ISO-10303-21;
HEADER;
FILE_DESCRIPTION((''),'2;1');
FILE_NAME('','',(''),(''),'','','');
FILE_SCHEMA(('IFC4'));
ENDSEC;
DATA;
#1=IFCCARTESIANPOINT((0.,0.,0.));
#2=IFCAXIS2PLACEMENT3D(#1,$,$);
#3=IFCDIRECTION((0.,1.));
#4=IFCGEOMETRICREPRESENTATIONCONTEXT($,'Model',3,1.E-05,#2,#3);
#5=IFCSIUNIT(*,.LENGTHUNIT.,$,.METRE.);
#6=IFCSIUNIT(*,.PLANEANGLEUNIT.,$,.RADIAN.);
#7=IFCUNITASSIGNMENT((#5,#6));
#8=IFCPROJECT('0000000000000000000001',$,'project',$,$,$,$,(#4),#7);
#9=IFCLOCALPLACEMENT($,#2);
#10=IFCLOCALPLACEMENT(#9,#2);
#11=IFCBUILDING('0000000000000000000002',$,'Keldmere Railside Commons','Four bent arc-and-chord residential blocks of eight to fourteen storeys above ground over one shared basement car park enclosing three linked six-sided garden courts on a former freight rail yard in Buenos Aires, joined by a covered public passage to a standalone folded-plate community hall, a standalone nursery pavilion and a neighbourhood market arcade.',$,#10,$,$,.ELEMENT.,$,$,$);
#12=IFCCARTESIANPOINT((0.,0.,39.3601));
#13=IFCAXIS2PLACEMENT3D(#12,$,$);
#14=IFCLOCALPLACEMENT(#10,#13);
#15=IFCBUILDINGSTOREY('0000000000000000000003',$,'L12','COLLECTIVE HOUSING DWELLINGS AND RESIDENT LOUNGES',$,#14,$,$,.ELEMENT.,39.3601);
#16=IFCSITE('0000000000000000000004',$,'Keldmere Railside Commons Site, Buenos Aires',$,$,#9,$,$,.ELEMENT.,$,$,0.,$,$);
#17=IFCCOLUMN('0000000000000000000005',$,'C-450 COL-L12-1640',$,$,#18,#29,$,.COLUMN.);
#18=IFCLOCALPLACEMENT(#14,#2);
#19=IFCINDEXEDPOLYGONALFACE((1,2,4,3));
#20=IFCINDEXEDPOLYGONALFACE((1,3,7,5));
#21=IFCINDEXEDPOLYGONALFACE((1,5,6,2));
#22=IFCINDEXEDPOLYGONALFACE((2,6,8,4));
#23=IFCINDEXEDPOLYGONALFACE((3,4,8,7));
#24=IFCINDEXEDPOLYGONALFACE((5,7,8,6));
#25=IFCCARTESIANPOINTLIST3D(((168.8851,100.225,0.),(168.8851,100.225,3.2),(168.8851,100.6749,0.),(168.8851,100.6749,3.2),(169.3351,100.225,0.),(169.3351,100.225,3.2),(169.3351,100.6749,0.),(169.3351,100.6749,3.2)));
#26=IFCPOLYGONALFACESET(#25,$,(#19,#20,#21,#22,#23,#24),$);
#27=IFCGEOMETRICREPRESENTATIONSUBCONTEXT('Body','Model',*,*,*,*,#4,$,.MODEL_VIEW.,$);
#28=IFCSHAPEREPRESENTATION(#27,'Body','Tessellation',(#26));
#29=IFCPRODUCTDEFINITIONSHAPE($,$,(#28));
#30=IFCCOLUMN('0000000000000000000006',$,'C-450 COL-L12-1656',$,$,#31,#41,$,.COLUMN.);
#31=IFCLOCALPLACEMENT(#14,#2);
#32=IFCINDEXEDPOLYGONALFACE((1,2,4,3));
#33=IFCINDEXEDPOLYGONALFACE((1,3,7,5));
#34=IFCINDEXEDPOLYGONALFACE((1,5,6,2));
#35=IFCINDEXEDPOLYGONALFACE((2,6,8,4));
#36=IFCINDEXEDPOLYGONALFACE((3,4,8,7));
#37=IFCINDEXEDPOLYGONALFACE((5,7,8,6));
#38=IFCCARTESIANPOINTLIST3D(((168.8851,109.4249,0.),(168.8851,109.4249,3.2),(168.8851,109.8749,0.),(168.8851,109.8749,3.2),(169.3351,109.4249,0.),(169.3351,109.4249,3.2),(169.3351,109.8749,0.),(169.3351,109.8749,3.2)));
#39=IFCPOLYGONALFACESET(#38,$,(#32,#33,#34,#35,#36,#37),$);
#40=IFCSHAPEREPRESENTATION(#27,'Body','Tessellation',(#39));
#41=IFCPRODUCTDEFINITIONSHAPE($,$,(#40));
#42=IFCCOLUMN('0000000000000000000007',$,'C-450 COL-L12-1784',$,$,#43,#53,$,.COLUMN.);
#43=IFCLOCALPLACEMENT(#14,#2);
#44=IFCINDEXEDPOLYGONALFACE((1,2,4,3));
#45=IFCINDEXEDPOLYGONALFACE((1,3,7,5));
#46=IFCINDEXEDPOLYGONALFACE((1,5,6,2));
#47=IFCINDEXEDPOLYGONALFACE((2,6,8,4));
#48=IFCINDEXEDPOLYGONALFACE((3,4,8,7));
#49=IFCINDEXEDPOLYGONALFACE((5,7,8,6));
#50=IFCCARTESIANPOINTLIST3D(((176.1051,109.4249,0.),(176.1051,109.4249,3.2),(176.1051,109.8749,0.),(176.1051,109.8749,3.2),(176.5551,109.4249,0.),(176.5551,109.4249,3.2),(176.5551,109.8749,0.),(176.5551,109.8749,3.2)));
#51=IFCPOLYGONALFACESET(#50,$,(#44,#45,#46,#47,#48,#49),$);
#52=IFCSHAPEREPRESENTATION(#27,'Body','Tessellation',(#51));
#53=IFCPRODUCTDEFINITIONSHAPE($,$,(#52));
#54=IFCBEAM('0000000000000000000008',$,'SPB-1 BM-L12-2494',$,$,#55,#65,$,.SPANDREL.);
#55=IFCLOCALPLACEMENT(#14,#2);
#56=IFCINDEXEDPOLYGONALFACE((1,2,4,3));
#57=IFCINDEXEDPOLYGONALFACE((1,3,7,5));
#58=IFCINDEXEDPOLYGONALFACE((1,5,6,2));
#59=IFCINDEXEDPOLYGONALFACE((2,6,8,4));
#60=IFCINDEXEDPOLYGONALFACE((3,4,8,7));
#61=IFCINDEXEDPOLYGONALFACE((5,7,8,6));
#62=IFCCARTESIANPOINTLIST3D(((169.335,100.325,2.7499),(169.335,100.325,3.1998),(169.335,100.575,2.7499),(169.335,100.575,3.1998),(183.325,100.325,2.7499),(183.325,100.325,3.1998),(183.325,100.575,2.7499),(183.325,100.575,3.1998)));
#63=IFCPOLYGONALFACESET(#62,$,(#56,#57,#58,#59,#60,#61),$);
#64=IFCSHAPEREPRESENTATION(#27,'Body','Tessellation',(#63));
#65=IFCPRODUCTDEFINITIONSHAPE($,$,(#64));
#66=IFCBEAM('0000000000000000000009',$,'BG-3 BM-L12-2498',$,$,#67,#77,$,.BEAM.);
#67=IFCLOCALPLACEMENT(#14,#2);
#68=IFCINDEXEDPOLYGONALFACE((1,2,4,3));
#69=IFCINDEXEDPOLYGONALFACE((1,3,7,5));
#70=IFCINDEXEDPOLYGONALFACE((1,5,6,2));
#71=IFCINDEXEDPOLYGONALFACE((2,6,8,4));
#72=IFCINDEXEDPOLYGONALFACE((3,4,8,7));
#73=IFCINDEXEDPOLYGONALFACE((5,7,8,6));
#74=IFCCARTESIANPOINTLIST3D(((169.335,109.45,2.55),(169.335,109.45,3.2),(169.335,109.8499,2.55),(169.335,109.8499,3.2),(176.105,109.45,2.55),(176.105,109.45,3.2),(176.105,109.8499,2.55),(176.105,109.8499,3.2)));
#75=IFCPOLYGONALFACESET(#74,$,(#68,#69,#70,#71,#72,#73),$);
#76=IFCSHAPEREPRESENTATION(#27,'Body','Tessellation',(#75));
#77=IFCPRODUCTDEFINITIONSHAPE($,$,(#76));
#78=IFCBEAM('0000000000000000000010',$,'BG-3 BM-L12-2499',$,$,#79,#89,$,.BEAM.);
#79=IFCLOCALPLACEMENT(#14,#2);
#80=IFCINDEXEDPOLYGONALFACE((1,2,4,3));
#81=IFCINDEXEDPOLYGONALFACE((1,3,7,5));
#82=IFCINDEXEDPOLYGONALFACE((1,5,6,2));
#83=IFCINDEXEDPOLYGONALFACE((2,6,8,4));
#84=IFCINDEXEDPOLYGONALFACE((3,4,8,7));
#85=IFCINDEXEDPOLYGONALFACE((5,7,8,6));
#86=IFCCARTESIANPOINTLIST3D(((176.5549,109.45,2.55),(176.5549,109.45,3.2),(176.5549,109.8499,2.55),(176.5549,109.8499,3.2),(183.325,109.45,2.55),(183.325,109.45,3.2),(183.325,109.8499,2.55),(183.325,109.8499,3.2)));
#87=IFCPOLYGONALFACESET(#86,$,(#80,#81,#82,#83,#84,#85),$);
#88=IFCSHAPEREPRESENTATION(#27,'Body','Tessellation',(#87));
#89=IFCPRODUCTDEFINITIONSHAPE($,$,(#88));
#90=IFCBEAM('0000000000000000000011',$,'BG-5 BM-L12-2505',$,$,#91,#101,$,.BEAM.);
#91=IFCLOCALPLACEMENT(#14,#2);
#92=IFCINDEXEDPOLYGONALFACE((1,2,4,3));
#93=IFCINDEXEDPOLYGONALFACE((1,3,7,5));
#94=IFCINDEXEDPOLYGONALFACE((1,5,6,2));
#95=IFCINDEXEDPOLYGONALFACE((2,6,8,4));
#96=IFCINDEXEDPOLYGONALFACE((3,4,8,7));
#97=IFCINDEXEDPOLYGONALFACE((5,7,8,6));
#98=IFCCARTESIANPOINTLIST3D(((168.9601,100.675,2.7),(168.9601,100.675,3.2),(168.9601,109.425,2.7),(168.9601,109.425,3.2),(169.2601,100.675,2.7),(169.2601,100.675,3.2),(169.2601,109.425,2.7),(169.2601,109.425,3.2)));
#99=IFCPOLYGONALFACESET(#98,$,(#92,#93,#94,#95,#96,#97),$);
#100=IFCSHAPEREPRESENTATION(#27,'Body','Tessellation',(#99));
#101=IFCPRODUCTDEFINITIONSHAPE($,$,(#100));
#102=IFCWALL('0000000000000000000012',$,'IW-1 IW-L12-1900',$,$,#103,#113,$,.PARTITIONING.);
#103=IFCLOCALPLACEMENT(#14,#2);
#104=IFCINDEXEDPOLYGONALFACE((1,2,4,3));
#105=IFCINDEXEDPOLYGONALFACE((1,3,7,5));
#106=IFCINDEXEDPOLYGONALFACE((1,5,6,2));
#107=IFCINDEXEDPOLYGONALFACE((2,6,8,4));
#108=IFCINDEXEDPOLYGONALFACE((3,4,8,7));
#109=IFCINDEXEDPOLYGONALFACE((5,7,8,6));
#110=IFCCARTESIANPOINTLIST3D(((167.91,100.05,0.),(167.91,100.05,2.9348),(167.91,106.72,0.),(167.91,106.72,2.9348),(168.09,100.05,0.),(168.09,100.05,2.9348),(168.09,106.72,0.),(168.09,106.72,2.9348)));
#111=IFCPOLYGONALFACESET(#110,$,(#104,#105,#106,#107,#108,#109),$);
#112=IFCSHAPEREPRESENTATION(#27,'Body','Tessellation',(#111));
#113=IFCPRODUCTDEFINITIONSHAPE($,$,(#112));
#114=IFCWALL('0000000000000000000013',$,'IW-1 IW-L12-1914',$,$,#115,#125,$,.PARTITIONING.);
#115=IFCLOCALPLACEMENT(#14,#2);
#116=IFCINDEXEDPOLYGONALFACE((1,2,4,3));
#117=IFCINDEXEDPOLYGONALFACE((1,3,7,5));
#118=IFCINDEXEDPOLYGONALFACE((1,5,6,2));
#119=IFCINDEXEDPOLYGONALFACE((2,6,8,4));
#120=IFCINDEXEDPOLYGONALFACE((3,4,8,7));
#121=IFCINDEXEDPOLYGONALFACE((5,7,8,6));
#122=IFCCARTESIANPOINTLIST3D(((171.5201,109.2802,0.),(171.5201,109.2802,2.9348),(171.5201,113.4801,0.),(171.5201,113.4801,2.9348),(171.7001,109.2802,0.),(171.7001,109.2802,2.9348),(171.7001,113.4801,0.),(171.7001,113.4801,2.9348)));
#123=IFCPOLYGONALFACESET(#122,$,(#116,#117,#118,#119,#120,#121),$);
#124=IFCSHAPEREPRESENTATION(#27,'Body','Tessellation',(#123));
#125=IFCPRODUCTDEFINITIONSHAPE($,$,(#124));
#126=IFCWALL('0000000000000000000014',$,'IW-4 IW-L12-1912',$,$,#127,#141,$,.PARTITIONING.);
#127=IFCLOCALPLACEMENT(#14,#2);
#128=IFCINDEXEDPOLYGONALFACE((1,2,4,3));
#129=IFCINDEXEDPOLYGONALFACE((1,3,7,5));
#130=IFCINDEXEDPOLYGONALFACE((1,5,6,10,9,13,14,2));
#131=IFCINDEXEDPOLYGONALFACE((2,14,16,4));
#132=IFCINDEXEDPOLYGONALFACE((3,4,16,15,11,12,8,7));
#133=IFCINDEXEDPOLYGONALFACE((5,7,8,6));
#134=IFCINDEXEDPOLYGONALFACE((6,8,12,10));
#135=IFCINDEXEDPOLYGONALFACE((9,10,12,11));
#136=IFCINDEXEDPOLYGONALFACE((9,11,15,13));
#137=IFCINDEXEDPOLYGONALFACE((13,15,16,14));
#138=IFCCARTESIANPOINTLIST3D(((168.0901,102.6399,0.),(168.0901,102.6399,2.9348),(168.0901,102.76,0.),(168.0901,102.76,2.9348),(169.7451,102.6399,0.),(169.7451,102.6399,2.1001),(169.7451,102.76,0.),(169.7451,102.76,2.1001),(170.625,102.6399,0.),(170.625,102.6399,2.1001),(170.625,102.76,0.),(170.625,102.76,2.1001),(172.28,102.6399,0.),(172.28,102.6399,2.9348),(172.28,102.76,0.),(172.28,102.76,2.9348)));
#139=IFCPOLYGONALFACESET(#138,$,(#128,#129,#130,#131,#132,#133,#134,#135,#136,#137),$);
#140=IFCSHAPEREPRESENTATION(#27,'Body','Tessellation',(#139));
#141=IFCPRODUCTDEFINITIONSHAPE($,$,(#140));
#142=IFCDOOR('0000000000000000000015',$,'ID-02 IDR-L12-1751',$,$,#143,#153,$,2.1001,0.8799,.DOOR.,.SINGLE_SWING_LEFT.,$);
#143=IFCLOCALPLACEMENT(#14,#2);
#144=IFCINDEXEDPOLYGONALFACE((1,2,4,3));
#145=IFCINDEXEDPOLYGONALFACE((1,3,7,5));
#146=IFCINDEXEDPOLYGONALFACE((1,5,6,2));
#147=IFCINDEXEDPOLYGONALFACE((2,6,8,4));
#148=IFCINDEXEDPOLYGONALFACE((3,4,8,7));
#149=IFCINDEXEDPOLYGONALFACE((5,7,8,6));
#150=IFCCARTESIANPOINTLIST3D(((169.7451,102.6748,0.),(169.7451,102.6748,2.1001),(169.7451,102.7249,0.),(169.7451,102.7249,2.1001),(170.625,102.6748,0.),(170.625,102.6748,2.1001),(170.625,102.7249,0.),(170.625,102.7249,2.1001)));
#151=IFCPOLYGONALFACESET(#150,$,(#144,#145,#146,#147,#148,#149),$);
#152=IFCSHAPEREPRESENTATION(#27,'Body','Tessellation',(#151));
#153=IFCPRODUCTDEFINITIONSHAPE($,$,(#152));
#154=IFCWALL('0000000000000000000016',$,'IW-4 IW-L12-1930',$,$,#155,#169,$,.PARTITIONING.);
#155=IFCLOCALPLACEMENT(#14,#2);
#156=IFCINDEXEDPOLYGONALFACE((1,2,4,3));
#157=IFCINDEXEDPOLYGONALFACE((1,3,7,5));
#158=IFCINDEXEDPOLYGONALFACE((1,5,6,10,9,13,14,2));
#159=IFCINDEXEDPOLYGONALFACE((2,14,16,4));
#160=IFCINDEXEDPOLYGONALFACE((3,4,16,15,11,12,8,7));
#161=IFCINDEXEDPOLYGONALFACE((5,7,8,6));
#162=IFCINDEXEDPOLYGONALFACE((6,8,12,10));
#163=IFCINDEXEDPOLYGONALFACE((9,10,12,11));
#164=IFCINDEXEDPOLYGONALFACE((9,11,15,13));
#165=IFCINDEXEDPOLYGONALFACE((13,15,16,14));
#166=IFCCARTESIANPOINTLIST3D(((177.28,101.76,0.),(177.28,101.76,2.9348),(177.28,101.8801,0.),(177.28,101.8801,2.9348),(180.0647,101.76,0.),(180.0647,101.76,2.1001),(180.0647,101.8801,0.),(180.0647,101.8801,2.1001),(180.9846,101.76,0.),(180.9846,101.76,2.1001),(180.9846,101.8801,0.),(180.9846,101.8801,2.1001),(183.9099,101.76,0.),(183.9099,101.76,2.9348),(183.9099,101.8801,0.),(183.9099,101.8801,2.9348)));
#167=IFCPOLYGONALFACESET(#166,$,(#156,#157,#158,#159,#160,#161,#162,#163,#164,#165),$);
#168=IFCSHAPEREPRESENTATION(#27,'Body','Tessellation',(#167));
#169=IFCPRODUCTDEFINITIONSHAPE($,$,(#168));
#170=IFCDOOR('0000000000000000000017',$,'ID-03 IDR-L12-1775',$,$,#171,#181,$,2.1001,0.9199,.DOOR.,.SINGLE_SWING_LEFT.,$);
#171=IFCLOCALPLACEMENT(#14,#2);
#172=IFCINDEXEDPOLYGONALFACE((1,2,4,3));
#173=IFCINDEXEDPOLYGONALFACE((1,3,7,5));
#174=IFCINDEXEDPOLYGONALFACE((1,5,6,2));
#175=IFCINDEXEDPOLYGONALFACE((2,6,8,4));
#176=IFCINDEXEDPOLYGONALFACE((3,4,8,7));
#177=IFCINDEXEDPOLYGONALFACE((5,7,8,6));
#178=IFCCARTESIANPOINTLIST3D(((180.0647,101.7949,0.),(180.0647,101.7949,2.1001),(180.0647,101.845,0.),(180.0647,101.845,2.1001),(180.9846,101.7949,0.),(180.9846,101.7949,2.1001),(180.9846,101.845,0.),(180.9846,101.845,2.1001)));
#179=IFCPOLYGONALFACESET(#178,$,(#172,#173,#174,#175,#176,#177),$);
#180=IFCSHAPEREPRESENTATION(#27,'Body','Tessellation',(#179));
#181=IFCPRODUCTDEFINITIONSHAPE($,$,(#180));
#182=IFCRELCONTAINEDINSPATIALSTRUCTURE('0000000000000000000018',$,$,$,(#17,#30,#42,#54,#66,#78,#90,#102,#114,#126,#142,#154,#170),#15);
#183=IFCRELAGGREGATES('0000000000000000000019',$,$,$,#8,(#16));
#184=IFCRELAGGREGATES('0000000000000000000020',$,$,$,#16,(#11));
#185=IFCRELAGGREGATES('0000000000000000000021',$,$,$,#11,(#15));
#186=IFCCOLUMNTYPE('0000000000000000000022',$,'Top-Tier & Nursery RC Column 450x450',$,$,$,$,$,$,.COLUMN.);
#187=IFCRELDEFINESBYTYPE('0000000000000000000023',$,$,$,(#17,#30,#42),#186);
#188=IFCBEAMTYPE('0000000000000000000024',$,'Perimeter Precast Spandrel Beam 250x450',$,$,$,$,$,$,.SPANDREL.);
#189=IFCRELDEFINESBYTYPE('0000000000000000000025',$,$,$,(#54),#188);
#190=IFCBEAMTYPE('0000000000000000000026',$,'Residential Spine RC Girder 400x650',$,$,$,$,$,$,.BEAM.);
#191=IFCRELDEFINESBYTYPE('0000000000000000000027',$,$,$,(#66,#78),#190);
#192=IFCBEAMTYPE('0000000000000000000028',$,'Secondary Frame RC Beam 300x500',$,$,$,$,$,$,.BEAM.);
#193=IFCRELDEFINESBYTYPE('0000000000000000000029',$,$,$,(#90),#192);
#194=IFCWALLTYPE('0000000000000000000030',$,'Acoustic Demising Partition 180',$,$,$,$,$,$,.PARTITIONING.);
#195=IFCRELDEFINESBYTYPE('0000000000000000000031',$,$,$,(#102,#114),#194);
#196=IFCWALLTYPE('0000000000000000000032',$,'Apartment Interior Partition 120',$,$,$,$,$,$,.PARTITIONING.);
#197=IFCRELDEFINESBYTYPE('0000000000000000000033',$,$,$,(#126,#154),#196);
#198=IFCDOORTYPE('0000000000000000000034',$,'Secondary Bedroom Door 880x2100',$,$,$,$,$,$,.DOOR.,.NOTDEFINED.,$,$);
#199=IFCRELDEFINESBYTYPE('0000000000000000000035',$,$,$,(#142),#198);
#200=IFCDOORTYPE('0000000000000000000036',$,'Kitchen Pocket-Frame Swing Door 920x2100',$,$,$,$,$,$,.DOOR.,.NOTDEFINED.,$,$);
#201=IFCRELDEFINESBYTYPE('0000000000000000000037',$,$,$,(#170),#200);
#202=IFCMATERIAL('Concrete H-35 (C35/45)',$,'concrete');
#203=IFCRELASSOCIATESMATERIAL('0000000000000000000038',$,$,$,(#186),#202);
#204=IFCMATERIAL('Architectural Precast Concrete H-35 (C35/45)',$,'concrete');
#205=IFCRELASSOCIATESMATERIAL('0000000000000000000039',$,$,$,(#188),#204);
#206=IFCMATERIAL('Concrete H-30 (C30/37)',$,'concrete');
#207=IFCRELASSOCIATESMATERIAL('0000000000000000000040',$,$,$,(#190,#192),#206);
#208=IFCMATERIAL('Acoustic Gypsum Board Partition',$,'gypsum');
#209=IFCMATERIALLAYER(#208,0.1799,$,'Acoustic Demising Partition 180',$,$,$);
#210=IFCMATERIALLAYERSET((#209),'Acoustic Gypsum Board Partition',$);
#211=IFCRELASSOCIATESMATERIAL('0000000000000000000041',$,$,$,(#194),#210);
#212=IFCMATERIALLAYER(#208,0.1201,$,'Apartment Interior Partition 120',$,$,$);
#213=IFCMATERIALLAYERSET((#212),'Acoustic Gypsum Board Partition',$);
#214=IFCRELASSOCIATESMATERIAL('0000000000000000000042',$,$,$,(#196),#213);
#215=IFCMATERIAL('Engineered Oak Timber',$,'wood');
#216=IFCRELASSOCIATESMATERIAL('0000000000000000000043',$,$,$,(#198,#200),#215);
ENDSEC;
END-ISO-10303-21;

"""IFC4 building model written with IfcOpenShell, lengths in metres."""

from ifc_helpers import new_model, si_unit, direction, frame, frame_2d, origin, origin_2d, place, context, subcontext, project, spatial, rectangle, extrude, material, layer, layer_set, material_profile, profile_set, type_object, element, fill, save


model = new_model("IFC4")

# Units and contexts
model_context = context("Model", 3, precision=1e-05, world=origin(), true_north=direction((0.0, 1.0)))
body_context = subcontext(model_context, "Body", "Model", "MODEL_VIEW")
ifc_project = project(units=[si_unit("LENGTHUNIT", "METRE"), si_unit("PLANEANGLEUNIT", "RADIAN")], contexts=[model_context])

# Site, building, storey
site_placement = place(None, origin())
site = spatial("IfcSite", under=ifc_project, at=site_placement, Name="Keldmere Railside Commons Site, Buenos Aires", CompositionType="ELEMENT", RefElevation=0.0)
building_placement = place(site_placement, origin())
building = spatial("IfcBuilding", under=site, at=building_placement, Name="Keldmere Railside Commons", Description="Four bent arc-and-chord residential blocks of eight to fourteen storeys above ground over one shared basement car park enclosing three linked six-sided garden courts on a former freight rail yard in Buenos Aires, joined by a covered public passage to a standalone folded-plate community hall, a standalone nursery pavilion and a neighbourhood market arcade.", CompositionType="ELEMENT")
storey_placement = place(building_placement, frame((0.0, 0.0, 39.3601)))
storey = spatial("IfcBuildingStorey", under=building, at=storey_placement, Name="L12", Description="COLLECTIVE HOUSING DWELLINGS AND RESIDENT LOUNGES", CompositionType="ELEMENT", Elevation=39.3601)

# Columns
ifc_material_1 = material(Name="Concrete H-35 (C35/45)", Category="concrete")
ifc_material_profile_1 = material_profile(ifc_material_1, rectangle(XDim=0.45, YDim=0.45, at=origin_2d()), Name="RC-450x450")
ifc_profile_set_1 = profile_set([ifc_material_profile_1], Name="Concrete H-35 (C35/45)")
column_type = type_object("IfcColumnType", Name="Top-Tier & Nursery RC Column 450x450", PredefinedType="COLUMN", material=ifc_profile_set_1)
for number, where, z_axis, x_axis, name in (
    (1, (169.1101, 100.45, 0.0), (0.0, 0.0, 1.0), (1.0, 0.0, 0.0), "C-450 COL-L12-1640"),
    (2, (169.1101, 109.6499, 0.0), (0.0, 0.0, 1.0), (1.0, 0.0, 0.0), "C-450 COL-L12-1656"),
    (3, (176.3301, 109.6499, 0.0), (0.0, 0.0, 1.0), (1.0, 0.0, 0.0), "C-450 COL-L12-1784"),
):
    element("IfcColumn", number, at=place(storey_placement, frame(where, z_axis=z_axis, x_axis=x_axis)), inside=storey, type_object=column_type, Name=name, PredefinedType="COLUMN", context=body_context, shape_type="SweptSolid", body=[
        extrude(rectangle(XDim=0.45, YDim=0.45, at=origin_2d()), origin(), (0.0, 0.0, 1.0), 3.2),
    ])

# Beams
ifc_material_2 = material(Name="Architectural Precast Concrete H-35 (C35/45)", Category="concrete")
ifc_material_profile_2 = material_profile(ifc_material_2, rectangle(XDim=0.25, YDim=0.45, at=origin_2d()), Name="RC-250x450")
ifc_profile_set_2 = profile_set([ifc_material_profile_2], Name="Architectural Precast Concrete H-35 (C35/45)")
beam_type_1 = type_object("IfcBeamType", Name="Perimeter Precast Spandrel Beam 250x450", PredefinedType="SPANDREL", material=ifc_profile_set_2)
beam_1_placement = place(storey_placement, frame((169.335, 100.45, 2.9749), z_axis=(1.0, 0.0, 0.0), x_axis=(0.0, 1.0, 0.0)))
element("IfcBeam", 4, at=beam_1_placement, inside=storey, type_object=beam_type_1, Name="SPB-1 BM-L12-2494", PredefinedType="SPANDREL", context=body_context, shape_type="SweptSolid", body=[
    extrude(rectangle(XDim=0.25, YDim=0.45, at=origin_2d()), origin(), (0.0, 0.0, 1.0), 13.99),
])
ifc_material_3 = material(Name="Concrete H-30 (C30/37)", Category="concrete")
ifc_material_profile_3 = material_profile(ifc_material_3, rectangle(XDim=0.3999, YDim=0.6499, at=origin_2d()), Name="RC-400x650")
ifc_profile_set_3 = profile_set([ifc_material_profile_3], Name="Concrete H-30 (C30/37)")
beam_type_2 = type_object("IfcBeamType", Name="Residential Spine RC Girder 400x650", PredefinedType="BEAM", material=ifc_profile_set_3)
for number, where, z_axis, x_axis, name in (
    (5, (169.335, 109.6499, 2.875), (1.0, 0.0, 0.0), (0.0, 1.0, 0.0), "BG-3 BM-L12-2498"),
    (6, (176.5549, 109.6499, 2.875), (1.0, 0.0, 0.0), (0.0, 1.0, 0.0), "BG-3 BM-L12-2499"),
):
    element("IfcBeam", number, at=place(storey_placement, frame(where, z_axis=z_axis, x_axis=x_axis)), inside=storey, type_object=beam_type_2, Name=name, PredefinedType="BEAM", context=body_context, shape_type="SweptSolid", body=[
        extrude(rectangle(XDim=0.3999, YDim=0.6499, at=origin_2d()), origin(), (0.0, 0.0, 1.0), 6.77),
    ])
ifc_material_profile_4 = material_profile(ifc_material_3, rectangle(XDim=0.3, YDim=0.5, at=origin_2d()), Name="RC-300x500")
ifc_profile_set_4 = profile_set([ifc_material_profile_4], Name="Concrete H-30 (C30/37)")
beam_type_3 = type_object("IfcBeamType", Name="Secondary Frame RC Beam 300x500", PredefinedType="BEAM", material=ifc_profile_set_4)
beam_2_placement = place(storey_placement, frame((169.1101, 100.675, 2.95), z_axis=(0.0, 1.0, 0.0), x_axis=(-1.0, 0.0, 0.0)))
element("IfcBeam", 7, at=beam_2_placement, inside=storey, type_object=beam_type_3, Name="BG-5 BM-L12-2505", PredefinedType="BEAM", context=body_context, shape_type="SweptSolid", body=[
    extrude(rectangle(XDim=0.3, YDim=0.5, at=origin_2d()), origin(), (0.0, 0.0, 1.0), 8.75),
])

# Walls
ifc_material_4 = material(Name="Acoustic Gypsum Board Partition", Category="gypsum")
ifc_layer_1 = layer(ifc_material_4, 0.1799, Name="Acoustic Demising Partition 180")
ifc_layer_set_1 = layer_set([ifc_layer_1], Name="Acoustic Gypsum Board Partition")
wall_type_1 = type_object("IfcWallType", Name="Acoustic Demising Partition 180", PredefinedType="PARTITIONING", material=ifc_layer_set_1)
wall_1_placement = place(storey_placement, frame((168.0, 100.05, 0.0), z_axis=(0.0, 0.0, 1.0), x_axis=(0.0, 1.0, 0.0)))
element("IfcWall", 8, at=wall_1_placement, inside=storey, type_object=wall_type_1, Name="IW-1 IW-L12-1900", PredefinedType="PARTITIONING", context=body_context, shape_type="SweptSolid", body=[
    extrude(rectangle(XDim=6.6699, YDim=0.1799, at=frame_2d((3.335, 0.0))), origin(), (0.0, 0.0, 1.0), 2.9348),
])
wall_2_placement = place(storey_placement, frame((171.6101, 109.28, 0.0), z_axis=(0.0, 0.0, 1.0), x_axis=(0.0, 1.0, 0.0)))
element("IfcWall", 9, at=wall_2_placement, inside=storey, type_object=wall_type_1, Name="IW-1 IW-L12-1914", PredefinedType="PARTITIONING", context=body_context, shape_type="SweptSolid", body=[
    extrude(rectangle(XDim=4.2, YDim=0.1799, at=frame_2d((2.1001, 0.0))), origin(), (0.0, 0.0, 1.0), 2.9348),
])

# Walls, openings, doors
ifc_layer_2 = layer(ifc_material_4, 0.1201, Name="Apartment Interior Partition 120")
ifc_layer_set_2 = layer_set([ifc_layer_2], Name="Acoustic Gypsum Board Partition")
wall_type_2 = type_object("IfcWallType", Name="Apartment Interior Partition 120", PredefinedType="PARTITIONING", material=ifc_layer_set_2)
wall_3_placement = place(storey_placement, frame((168.0901, 102.7, 0.0), z_axis=(0.0, 0.0, 1.0), x_axis=(1.0, 0.0, 0.0)))
wall_3 = element("IfcWall", 10, at=wall_3_placement, inside=storey, type_object=wall_type_2, Name="IW-4 IW-L12-1912", PredefinedType="PARTITIONING", context=body_context, shape_type="SweptSolid", body=[
    extrude(rectangle(XDim=4.1899, YDim=0.1201, at=frame_2d((2.095, 0.0))), origin(), (0.0, 0.0, 1.0), 2.9348),
])
opening_1_placement = place(wall_3_placement, frame((1.655, 0.0, 0.0)))
opening_1 = element("IfcOpeningElement", 11, at=opening_1_placement, cuts=wall_3, PredefinedType="OPENING", context=body_context, shape_type="SweptSolid", body=[
    extrude(rectangle(XDim=0.8799, YDim=2.1001, at=frame_2d((0.4399, 1.05))), frame((0.0, 0.0701, 0.0), z_axis=(0.0, -1.0, 0.0), x_axis=(1.0, 0.0, 0.0)), (0.0, 0.0, 1.0), 0.1401),
])
ifc_material_5 = material(Name="Engineered Oak Timber", Category="wood")
door_type_1 = type_object("IfcDoorType", Name="Secondary Bedroom Door 880x2100", OperationType="NOTDEFINED", PredefinedType="DOOR", material=ifc_material_5)
door_1_placement = place(opening_1_placement, origin())
door_1 = element("IfcDoor", 12, at=door_1_placement, inside=storey, type_object=door_type_1, Name="ID-02 IDR-L12-1751", OperationType="SINGLE_SWING_LEFT", OverallHeight=2.1001, OverallWidth=0.8799, PredefinedType="DOOR", context=body_context, shape_type="SweptSolid", body=[
    extrude(rectangle(XDim=0.8799, YDim=2.1001, at=frame_2d((0.4399, 1.05))), frame((0.0, 0.0249, 0.0), z_axis=(0.0, -1.0, 0.0), x_axis=(1.0, 0.0, 0.0)), (0.0, 0.0, 1.0), 0.05),
])
fill(opening_1, door_1)
wall_4_placement = place(storey_placement, frame((177.28, 101.8201, 0.0), z_axis=(0.0, 0.0, 1.0), x_axis=(1.0, 0.0, 0.0)))
wall_4 = element("IfcWall", 13, at=wall_4_placement, inside=storey, type_object=wall_type_2, Name="IW-4 IW-L12-1930", PredefinedType="PARTITIONING", context=body_context, shape_type="SweptSolid", body=[
    extrude(rectangle(XDim=6.6299, YDim=0.1201, at=frame_2d((3.3149, 0.0))), origin(), (0.0, 0.0, 1.0), 2.9348),
])
opening_2_placement = place(wall_4_placement, frame((2.7847, 0.0, 0.0)))
opening_2 = element("IfcOpeningElement", 14, at=opening_2_placement, cuts=wall_4, PredefinedType="OPENING", context=body_context, shape_type="SweptSolid", body=[
    extrude(rectangle(XDim=0.9199, YDim=2.1001, at=frame_2d((0.46, 1.05))), frame((0.0, 0.0701, 0.0), z_axis=(0.0, -1.0, 0.0), x_axis=(1.0, 0.0, 0.0)), (0.0, 0.0, 1.0), 0.1401),
])
door_type_2 = type_object("IfcDoorType", Name="Kitchen Pocket-Frame Swing Door 920x2100", OperationType="NOTDEFINED", PredefinedType="DOOR", material=ifc_material_5)
door_2_placement = place(opening_2_placement, origin())
door_2 = element("IfcDoor", 15, at=door_2_placement, inside=storey, type_object=door_type_2, Name="ID-03 IDR-L12-1775", OperationType="SINGLE_SWING_LEFT", OverallHeight=2.1001, OverallWidth=0.9199, PredefinedType="DOOR", context=body_context, shape_type="SweptSolid", body=[
    extrude(rectangle(XDim=0.9199, YDim=2.1001, at=frame_2d((0.46, 1.05))), frame((0.0, 0.0249, 0.0), z_axis=(0.0, -1.0, 0.0), x_axis=(1.0, 0.0, 0.0)), (0.0, 0.0, 1.0), 0.05),
])
fill(opening_2, door_2)

save(model, "model.ifc")
